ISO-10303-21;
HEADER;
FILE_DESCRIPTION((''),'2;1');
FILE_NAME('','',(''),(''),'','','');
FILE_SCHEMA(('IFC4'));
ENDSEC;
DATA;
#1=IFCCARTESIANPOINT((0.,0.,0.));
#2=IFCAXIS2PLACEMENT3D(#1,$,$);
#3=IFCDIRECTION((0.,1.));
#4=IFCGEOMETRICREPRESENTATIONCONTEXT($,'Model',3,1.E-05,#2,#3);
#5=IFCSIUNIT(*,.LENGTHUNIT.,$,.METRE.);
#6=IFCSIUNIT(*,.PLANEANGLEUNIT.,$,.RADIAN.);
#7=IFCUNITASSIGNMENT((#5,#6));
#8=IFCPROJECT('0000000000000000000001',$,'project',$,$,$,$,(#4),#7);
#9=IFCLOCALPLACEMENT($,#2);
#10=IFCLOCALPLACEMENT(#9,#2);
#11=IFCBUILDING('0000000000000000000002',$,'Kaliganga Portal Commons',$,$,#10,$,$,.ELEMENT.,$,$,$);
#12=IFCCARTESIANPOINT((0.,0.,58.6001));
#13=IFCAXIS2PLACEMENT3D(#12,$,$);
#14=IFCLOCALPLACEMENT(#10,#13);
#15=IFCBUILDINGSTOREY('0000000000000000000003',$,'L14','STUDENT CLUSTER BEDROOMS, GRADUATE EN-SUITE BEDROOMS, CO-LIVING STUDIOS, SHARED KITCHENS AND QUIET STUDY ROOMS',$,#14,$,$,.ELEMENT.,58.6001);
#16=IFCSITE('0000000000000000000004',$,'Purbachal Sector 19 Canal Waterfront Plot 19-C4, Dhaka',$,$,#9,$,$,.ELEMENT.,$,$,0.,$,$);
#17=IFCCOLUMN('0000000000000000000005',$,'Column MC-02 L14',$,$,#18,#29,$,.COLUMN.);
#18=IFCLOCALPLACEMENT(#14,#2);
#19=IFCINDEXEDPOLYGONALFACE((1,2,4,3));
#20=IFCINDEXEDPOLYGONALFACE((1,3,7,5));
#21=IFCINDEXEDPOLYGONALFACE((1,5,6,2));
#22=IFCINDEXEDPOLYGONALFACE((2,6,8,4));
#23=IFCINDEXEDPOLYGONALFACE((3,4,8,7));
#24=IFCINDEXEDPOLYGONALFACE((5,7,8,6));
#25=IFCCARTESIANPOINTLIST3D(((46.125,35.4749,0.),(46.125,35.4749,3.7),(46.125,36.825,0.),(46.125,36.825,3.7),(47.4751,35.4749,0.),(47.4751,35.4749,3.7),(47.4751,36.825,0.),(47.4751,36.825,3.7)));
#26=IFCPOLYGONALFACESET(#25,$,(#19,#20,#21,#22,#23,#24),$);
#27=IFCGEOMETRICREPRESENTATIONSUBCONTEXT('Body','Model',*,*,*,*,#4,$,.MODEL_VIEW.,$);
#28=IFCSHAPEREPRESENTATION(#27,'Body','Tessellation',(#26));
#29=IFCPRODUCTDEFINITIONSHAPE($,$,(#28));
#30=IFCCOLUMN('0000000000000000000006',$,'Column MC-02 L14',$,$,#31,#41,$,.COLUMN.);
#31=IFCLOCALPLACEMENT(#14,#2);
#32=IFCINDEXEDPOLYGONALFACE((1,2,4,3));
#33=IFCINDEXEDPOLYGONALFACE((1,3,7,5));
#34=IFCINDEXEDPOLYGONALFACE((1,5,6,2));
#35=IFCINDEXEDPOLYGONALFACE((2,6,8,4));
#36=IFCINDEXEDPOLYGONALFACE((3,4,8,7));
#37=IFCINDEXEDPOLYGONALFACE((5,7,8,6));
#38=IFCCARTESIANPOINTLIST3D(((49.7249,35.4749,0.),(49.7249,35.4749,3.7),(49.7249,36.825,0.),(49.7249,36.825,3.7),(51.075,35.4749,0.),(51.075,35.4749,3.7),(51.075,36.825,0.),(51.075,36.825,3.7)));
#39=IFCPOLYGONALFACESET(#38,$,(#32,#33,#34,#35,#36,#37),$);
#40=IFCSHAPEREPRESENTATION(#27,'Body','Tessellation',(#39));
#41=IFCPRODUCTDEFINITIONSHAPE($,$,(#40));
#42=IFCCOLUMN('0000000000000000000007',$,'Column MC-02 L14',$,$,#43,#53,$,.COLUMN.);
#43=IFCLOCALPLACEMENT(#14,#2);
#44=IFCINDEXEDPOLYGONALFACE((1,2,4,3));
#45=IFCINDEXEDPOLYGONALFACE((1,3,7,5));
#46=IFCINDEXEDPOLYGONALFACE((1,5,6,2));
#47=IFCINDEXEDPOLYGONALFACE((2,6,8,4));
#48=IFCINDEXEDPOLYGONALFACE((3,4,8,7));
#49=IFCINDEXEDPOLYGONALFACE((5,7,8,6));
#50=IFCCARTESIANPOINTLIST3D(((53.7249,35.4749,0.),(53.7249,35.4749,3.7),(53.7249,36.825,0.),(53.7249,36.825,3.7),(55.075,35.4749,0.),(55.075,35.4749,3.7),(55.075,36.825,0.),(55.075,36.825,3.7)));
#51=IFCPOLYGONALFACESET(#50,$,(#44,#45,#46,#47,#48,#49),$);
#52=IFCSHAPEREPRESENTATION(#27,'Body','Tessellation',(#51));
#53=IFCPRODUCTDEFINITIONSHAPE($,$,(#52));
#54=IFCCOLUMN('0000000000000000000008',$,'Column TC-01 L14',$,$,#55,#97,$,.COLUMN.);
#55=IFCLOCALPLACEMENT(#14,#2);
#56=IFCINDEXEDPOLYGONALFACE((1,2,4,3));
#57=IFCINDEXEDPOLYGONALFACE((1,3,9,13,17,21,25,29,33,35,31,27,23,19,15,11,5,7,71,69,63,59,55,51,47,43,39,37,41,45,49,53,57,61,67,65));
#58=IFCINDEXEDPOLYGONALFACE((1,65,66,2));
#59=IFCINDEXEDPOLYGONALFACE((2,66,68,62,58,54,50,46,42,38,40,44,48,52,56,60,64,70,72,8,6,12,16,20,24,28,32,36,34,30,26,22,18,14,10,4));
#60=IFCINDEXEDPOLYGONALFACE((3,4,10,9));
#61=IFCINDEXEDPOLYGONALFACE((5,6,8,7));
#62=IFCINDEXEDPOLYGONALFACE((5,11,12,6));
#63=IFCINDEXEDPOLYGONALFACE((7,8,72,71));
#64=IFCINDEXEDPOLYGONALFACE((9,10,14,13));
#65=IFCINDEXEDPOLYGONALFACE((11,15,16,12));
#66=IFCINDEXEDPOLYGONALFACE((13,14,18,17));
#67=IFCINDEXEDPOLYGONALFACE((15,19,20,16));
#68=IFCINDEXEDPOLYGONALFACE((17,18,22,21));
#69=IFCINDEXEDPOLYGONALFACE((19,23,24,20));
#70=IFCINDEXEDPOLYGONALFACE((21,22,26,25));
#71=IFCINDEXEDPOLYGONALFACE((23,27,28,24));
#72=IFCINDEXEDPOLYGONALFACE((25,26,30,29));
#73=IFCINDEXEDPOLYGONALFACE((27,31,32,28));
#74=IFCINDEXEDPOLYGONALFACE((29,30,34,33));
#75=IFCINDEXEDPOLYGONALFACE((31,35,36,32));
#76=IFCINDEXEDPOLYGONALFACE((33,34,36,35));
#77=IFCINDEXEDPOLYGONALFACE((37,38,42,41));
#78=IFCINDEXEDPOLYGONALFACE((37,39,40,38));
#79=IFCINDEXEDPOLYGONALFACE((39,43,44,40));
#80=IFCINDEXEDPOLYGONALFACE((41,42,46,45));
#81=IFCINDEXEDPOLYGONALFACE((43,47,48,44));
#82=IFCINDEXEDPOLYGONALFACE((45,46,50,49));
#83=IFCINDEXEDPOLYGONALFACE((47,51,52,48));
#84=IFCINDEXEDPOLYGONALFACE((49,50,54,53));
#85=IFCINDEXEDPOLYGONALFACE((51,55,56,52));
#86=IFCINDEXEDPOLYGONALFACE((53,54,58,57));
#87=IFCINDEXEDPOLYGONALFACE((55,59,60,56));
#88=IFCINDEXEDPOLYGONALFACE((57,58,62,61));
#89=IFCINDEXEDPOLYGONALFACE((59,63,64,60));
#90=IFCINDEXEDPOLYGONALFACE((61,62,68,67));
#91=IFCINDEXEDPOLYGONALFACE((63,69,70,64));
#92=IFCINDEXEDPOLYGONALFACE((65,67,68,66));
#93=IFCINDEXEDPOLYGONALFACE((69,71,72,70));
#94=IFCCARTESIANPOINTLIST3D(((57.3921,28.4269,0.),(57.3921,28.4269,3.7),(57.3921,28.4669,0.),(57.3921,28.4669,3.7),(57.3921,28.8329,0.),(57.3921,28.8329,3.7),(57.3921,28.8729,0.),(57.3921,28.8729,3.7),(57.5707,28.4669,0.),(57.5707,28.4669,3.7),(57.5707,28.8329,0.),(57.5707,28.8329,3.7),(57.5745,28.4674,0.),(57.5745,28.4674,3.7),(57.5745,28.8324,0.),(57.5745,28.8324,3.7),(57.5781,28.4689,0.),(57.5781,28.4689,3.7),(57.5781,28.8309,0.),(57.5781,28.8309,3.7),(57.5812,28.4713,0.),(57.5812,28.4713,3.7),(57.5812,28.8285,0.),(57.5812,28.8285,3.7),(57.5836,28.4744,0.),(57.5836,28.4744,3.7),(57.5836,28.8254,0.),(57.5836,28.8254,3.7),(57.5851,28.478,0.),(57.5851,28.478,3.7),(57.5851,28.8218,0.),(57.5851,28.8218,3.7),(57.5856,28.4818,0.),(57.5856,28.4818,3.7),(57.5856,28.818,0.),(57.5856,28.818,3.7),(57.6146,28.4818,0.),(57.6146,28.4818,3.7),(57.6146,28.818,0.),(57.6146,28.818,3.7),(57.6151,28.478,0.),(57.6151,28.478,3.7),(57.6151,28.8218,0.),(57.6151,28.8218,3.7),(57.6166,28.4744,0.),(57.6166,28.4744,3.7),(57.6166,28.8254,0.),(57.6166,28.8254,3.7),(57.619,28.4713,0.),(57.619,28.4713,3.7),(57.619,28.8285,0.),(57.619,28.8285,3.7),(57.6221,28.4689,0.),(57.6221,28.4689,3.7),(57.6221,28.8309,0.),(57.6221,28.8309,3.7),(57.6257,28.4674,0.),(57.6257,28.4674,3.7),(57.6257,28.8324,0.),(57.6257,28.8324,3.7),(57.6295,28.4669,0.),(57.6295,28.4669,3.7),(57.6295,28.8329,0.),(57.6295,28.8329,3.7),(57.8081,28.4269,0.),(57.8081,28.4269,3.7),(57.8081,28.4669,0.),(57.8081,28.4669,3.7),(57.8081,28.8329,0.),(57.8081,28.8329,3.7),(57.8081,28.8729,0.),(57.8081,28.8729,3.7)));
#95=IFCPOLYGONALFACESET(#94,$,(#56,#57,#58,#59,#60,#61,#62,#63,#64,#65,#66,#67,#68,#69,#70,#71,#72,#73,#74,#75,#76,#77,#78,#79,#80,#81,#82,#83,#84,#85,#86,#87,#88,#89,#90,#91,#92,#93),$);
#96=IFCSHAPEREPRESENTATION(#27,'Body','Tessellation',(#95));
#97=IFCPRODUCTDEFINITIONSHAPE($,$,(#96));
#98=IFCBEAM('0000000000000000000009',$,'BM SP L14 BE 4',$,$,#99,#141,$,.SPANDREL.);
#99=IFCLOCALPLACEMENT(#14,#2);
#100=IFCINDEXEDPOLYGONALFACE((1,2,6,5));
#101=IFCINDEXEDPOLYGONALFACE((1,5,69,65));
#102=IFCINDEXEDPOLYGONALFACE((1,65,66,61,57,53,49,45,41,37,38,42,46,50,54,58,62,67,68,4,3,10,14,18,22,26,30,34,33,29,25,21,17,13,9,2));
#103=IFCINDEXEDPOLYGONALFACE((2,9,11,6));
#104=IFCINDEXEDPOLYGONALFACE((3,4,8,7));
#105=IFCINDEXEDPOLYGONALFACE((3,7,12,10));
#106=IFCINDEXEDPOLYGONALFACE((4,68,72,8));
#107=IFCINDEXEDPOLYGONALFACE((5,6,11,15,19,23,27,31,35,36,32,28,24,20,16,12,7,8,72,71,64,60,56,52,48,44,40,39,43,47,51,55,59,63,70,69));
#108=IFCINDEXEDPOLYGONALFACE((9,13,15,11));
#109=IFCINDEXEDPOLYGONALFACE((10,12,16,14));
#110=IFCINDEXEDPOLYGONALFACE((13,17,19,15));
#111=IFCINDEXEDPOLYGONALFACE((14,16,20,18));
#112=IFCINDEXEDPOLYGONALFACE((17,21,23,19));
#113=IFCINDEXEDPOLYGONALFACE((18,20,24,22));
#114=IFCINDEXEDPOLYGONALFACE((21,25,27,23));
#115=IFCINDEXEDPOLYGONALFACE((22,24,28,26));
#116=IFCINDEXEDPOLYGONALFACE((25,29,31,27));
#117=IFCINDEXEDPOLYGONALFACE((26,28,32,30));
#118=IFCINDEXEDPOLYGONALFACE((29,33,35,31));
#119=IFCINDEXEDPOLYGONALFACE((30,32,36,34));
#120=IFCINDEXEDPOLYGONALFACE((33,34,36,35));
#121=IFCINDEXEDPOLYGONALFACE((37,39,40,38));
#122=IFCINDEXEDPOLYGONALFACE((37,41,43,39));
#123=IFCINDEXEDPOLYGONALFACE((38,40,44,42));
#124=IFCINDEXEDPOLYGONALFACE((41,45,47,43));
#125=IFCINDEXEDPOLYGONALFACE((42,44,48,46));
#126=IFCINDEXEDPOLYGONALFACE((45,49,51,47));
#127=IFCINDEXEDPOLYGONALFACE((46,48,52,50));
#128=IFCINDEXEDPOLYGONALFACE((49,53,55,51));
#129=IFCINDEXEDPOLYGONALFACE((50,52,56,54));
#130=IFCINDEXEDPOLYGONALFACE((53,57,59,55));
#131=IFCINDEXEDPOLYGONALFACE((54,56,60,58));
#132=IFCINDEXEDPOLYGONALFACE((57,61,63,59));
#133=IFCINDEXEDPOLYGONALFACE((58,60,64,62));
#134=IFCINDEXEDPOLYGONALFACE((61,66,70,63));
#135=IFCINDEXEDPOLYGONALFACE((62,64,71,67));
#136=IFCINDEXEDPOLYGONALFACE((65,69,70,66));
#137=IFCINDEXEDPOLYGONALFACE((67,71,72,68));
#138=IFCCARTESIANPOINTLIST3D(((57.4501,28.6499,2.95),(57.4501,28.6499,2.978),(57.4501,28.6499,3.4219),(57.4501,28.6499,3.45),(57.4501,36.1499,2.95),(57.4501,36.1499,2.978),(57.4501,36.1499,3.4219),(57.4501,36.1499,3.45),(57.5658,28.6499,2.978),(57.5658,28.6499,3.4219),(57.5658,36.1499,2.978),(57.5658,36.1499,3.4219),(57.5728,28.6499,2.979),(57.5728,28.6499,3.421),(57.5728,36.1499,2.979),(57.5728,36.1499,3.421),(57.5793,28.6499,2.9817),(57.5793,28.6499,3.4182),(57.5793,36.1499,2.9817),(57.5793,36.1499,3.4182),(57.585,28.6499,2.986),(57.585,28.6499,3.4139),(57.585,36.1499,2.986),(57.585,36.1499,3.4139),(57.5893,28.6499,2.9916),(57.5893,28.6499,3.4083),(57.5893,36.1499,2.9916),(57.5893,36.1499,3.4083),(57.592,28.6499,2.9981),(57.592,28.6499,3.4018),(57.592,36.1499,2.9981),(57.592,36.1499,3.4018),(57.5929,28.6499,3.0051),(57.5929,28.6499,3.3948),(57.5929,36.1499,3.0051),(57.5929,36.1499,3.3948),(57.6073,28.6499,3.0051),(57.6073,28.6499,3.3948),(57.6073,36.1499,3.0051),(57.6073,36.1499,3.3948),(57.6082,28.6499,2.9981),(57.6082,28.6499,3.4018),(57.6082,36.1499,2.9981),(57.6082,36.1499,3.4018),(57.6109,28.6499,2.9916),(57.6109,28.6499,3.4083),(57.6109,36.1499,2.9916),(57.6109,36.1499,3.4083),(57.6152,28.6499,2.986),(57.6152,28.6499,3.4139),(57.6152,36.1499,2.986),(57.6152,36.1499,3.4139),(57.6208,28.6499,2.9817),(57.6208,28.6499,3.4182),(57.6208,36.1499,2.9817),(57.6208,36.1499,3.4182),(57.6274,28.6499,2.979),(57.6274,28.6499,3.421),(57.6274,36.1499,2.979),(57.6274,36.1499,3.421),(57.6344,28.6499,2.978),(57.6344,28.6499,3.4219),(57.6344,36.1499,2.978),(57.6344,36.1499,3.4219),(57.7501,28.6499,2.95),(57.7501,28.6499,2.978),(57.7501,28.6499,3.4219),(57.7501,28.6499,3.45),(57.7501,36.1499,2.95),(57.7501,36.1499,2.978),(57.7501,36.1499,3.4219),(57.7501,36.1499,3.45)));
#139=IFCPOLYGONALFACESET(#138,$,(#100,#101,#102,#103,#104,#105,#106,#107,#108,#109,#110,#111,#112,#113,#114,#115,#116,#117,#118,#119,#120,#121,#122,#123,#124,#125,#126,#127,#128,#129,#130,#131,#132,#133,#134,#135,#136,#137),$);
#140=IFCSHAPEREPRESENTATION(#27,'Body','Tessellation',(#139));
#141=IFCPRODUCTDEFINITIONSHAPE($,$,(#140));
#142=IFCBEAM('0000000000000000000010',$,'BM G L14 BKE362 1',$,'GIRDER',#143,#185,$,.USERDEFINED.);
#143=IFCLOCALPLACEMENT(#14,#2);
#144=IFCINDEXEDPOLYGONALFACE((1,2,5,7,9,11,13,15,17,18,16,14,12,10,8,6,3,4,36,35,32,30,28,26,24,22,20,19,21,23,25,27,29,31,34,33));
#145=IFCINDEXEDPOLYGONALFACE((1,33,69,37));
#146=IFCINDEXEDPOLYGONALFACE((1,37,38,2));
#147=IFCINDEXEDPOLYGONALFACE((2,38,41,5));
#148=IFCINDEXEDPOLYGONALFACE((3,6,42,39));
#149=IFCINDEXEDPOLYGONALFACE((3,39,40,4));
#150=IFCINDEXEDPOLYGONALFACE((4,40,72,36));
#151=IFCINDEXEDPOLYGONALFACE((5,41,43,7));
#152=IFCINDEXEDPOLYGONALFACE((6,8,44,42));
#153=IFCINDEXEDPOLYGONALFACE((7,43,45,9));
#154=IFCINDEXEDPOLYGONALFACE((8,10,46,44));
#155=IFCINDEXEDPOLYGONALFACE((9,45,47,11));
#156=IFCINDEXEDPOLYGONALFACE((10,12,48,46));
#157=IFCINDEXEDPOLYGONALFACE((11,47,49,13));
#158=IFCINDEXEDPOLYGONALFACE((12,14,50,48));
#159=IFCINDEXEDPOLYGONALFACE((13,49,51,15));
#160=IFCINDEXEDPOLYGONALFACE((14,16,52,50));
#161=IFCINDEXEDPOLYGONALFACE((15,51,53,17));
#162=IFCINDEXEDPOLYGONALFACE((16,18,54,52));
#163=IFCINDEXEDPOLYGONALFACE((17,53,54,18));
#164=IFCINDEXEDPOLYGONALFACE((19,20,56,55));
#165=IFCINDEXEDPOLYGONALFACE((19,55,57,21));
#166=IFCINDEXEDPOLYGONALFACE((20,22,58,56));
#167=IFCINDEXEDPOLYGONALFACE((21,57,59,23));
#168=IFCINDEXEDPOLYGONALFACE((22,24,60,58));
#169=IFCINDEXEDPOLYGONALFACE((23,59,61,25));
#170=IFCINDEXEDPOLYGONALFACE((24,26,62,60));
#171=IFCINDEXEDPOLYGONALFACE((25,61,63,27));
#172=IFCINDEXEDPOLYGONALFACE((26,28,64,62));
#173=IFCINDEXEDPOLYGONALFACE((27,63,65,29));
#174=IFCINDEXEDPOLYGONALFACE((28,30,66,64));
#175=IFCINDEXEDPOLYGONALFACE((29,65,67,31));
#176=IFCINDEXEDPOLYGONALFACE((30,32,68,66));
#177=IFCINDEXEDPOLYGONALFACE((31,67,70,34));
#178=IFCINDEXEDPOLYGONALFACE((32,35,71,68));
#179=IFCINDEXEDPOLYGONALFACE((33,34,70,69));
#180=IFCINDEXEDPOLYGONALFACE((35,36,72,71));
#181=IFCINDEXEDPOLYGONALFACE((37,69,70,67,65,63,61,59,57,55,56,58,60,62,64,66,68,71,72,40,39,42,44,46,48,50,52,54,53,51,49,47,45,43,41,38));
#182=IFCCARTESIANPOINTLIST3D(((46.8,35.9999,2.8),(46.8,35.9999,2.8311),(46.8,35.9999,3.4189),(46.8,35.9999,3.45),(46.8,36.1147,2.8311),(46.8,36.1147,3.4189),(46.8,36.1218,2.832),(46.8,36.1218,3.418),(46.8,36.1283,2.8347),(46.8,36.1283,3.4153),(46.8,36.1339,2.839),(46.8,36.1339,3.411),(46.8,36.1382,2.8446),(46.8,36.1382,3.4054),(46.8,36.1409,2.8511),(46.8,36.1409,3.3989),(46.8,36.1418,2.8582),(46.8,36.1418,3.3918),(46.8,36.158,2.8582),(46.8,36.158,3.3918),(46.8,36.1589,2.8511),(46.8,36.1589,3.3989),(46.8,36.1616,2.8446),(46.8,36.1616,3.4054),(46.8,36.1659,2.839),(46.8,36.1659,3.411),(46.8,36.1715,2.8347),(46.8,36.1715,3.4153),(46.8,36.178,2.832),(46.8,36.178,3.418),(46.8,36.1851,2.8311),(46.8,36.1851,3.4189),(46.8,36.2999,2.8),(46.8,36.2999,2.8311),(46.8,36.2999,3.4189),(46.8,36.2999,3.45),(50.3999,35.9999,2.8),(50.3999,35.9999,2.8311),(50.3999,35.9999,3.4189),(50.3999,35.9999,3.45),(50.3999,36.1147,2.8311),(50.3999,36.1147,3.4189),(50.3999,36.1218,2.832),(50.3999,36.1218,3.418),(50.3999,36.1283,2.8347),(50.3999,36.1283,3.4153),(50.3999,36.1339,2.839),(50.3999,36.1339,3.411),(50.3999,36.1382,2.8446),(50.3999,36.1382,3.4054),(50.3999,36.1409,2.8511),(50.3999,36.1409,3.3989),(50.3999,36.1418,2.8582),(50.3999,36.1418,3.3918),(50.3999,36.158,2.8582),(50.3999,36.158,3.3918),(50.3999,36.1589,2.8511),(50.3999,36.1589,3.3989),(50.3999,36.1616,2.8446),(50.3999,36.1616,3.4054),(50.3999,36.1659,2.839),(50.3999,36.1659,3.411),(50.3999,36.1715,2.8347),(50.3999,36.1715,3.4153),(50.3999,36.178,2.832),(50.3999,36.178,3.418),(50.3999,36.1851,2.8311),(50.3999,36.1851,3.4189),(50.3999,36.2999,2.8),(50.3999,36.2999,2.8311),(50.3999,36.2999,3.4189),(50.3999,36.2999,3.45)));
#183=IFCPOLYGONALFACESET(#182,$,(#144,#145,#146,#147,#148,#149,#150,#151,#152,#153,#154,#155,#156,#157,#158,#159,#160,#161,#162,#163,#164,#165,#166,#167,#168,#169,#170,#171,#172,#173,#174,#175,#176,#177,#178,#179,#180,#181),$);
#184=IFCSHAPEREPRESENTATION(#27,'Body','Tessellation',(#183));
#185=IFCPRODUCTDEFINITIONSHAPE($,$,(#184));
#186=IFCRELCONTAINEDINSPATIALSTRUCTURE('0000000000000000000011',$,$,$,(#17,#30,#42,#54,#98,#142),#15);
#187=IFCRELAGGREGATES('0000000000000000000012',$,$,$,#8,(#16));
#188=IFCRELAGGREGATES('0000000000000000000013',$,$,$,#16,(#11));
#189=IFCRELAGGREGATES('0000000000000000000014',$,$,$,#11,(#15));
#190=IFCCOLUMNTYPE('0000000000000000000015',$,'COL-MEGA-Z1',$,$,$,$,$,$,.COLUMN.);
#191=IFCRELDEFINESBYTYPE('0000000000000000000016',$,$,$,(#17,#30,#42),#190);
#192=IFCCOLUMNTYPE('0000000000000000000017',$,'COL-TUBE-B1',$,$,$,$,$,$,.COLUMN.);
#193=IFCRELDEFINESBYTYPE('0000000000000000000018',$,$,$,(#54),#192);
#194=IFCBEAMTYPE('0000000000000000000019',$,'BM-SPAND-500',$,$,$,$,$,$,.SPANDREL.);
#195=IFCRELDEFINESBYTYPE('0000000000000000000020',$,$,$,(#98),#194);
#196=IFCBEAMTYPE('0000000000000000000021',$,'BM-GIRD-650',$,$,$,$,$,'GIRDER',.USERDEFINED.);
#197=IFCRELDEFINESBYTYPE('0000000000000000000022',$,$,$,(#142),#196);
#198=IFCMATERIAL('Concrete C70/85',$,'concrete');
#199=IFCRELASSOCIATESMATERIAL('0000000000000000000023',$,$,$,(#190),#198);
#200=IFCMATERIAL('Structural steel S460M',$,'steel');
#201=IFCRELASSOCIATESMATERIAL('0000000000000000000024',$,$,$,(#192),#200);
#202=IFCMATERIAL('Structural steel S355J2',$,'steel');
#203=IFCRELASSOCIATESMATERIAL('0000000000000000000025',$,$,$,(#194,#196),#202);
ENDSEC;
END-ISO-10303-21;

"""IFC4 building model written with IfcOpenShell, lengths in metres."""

from ifc_helpers import new_model, si_unit, direction, frame, origin, origin_2d, place, context, subcontext, project, spatial, rectangle, i_section, extrude, source, transform, mapped, material, material_profile, profile_set, type_object, element, save


model = new_model("IFC4")

# Units and contexts
model_context = context("Model", 3, precision=1e-05, world=origin(), true_north=direction((0.0, 1.0)))
body_context = subcontext(model_context, "Body", "Model", "MODEL_VIEW")
ifc_project = project(units=[si_unit("LENGTHUNIT", "METRE"), si_unit("PLANEANGLEUNIT", "RADIAN")], contexts=[model_context])

# Site, building, storey
site_placement = place(None, origin())
site = spatial("IfcSite", under=ifc_project, at=site_placement, Name="Purbachal Sector 19 Canal Waterfront Plot 19-C4, Dhaka", CompositionType="ELEMENT", RefElevation=0.0)
building_placement = place(site_placement, origin())
building = spatial("IfcBuilding", under=site, at=building_placement, Name="Kaliganga Portal Commons", CompositionType="ELEMENT")
storey_placement = place(building_placement, frame((0.0, 0.0, 58.6001)))
storey = spatial("IfcBuildingStorey", under=building, at=storey_placement, Name="L14", Description="STUDENT CLUSTER BEDROOMS, GRADUATE EN-SUITE BEDROOMS, CO-LIVING STUDIOS, SHARED KITCHENS AND QUIET STUDY ROOMS", CompositionType="ELEMENT", Elevation=58.6001)

# Columns
ifc_material_1 = material(Name="Concrete C70/85", Category="concrete")
ifc_material_profile_1 = material_profile(ifc_material_1, rectangle(XDim=1.3501, YDim=1.3501, at=origin_2d()), Name="RC 1350x1350")
ifc_profile_set_1 = profile_set([ifc_material_profile_1], Name="Concrete C70/85")
column_type_1 = type_object("IfcColumnType", Name="COL-MEGA-Z1", PredefinedType="COLUMN", material=ifc_profile_set_1)
shared_shape_1 = source(origin(), body_context, "Body", "SweptSolid", [
    extrude(rectangle(XDim=1.3501, YDim=1.3501, at=origin_2d()), origin(), (0.0, 0.0, 1.0), 3.7),
])
for number, where, z_axis, x_axis, name in (
    (1, (46.8, 36.1499, 0.0), (0.0, 0.0, 1.0), (1.0, 0.0, 0.0), "Column MC-02 L14"),
    (2, (50.3999, 36.1499, 0.0), (0.0, 0.0, 1.0), (1.0, 0.0, 0.0), "Column MC-02 L14"),
    (3, (54.3999, 36.1499, 0.0), (0.0, 0.0, 1.0), (1.0, 0.0, 0.0), "Column MC-02 L14"),
):
    element("IfcColumn", number, at=place(storey_placement, frame(where, z_axis=z_axis, x_axis=x_axis)), inside=storey, type_object=column_type_1, Name=name, PredefinedType="COLUMN", context=body_context, shape_type="MappedRepresentation", body=[
        mapped(shared_shape_1, transform((0.0, 0.0, 0.0), x_axis=(1.0, 0.0, 0.0), y_axis=(0.0, 1.0, 0.0), z_axis=(0.0, 0.0, 1.0), scale=1.0)),
    ])
ifc_material_2 = material(Name="Structural steel S460M", Category="steel")
ifc_material_profile_2 = material_profile(ifc_material_2, i_section(OverallWidth=0.416, OverallDepth=0.446, WebThickness=0.0291, FlangeThickness=0.04, FilletRadius=0.0149, at=origin_2d()), Name="HD 400x509")
ifc_profile_set_2 = profile_set([ifc_material_profile_2], Name="Structural steel S460M wide-flange")
column_type_2 = type_object("IfcColumnType", Name="COL-TUBE-B1", PredefinedType="COLUMN", material=ifc_profile_set_2)
shared_shape_2 = source(origin(), body_context, "Body", "SweptSolid", [
    extrude(i_section(OverallWidth=0.416, OverallDepth=0.446, WebThickness=0.0291, FlangeThickness=0.04, FilletRadius=0.0149, at=origin_2d()), origin(), (0.0, 0.0, 1.0), 3.7),
])
column_placement = place(storey_placement, frame((57.6001, 28.6499, 0.0), z_axis=(0.0, 0.0, 1.0), x_axis=(1.0, 0.0, 0.0)))
element("IfcColumn", 4, at=column_placement, inside=storey, type_object=column_type_2, Name="Column TC-01 L14", PredefinedType="COLUMN", context=body_context, shape_type="MappedRepresentation", body=[
    mapped(shared_shape_2, transform((0.0, 0.0, 0.0), x_axis=(1.0, 0.0, 0.0), y_axis=(0.0, 1.0, 0.0), z_axis=(0.0, 0.0, 1.0), scale=1.0)),
])

# Beams
ifc_material_3 = material(Name="Structural steel S355J2", Category="steel")
ifc_material_profile_3 = material_profile(ifc_material_3, i_section(OverallWidth=0.3, OverallDepth=0.5, WebThickness=0.0144, FlangeThickness=0.0281, FilletRadius=0.0271, at=origin_2d()), Name="HE 500 B")
ifc_profile_set_3 = profile_set([ifc_material_profile_3], Name="Structural steel S355J2 wide-flange")
beam_type_1 = type_object("IfcBeamType", Name="BM-SPAND-500", PredefinedType="SPANDREL", material=ifc_profile_set_3)
shared_shape_3 = source(origin(), body_context, "Body", "SweptSolid", [
    extrude(i_section(OverallWidth=0.3, OverallDepth=0.5, WebThickness=0.0144, FlangeThickness=0.0281, FilletRadius=0.0271, at=origin_2d()), origin(), (0.0, 0.0, 1.0), 7.5),
])
beam_1_placement = place(storey_placement, frame((57.6001, 28.6499, 3.2), z_axis=(0.0, 1.0, 0.0), x_axis=(-1.0, 0.0, 0.0)))
element("IfcBeam", 5, at=beam_1_placement, inside=storey, type_object=beam_type_1, Name="BM SP L14 BE 4", PredefinedType="SPANDREL", context=body_context, shape_type="MappedRepresentation", body=[
    mapped(shared_shape_3, transform((0.0, 0.0, 0.0), x_axis=(1.0, 0.0, 0.0), y_axis=(0.0, 1.0, 0.0), z_axis=(0.0, 0.0, 1.0), scale=1.0)),
])
ifc_material_profile_4 = material_profile(ifc_material_3, i_section(OverallWidth=0.3, OverallDepth=0.6499, WebThickness=0.0161, FlangeThickness=0.031, FilletRadius=0.0271, at=origin_2d()), Name="HE 650 B")
ifc_profile_set_4 = profile_set([ifc_material_profile_4], Name="Structural steel S355J2 wide-flange")
beam_type_2 = type_object("IfcBeamType", Name="BM-GIRD-650", ElementType="GIRDER", PredefinedType="USERDEFINED", material=ifc_profile_set_4)
shared_shape_4 = source(origin(), body_context, "Body", "SweptSolid", [
    extrude(i_section(OverallWidth=0.3, OverallDepth=0.6499, WebThickness=0.0161, FlangeThickness=0.031, FilletRadius=0.0271, at=origin_2d()), origin(), (0.0, 0.0, 1.0), 3.5999),
])
beam_2_placement = place(storey_placement, frame((46.8, 36.1499, 3.125), z_axis=(1.0, 0.0, 0.0), x_axis=(0.0, 1.0, 0.0)))
element("IfcBeam", 6, at=beam_2_placement, inside=storey, type_object=beam_type_2, Name="BM G L14 BKE362 1", ObjectType="GIRDER", PredefinedType="USERDEFINED", context=body_context, shape_type="MappedRepresentation", body=[
    mapped(shared_shape_4, transform((0.0, 0.0, 0.0), x_axis=(1.0, 0.0, 0.0), y_axis=(0.0, 1.0, 0.0), z_axis=(0.0, 0.0, 1.0), scale=1.0)),
])

save(model, "model.ifc")
